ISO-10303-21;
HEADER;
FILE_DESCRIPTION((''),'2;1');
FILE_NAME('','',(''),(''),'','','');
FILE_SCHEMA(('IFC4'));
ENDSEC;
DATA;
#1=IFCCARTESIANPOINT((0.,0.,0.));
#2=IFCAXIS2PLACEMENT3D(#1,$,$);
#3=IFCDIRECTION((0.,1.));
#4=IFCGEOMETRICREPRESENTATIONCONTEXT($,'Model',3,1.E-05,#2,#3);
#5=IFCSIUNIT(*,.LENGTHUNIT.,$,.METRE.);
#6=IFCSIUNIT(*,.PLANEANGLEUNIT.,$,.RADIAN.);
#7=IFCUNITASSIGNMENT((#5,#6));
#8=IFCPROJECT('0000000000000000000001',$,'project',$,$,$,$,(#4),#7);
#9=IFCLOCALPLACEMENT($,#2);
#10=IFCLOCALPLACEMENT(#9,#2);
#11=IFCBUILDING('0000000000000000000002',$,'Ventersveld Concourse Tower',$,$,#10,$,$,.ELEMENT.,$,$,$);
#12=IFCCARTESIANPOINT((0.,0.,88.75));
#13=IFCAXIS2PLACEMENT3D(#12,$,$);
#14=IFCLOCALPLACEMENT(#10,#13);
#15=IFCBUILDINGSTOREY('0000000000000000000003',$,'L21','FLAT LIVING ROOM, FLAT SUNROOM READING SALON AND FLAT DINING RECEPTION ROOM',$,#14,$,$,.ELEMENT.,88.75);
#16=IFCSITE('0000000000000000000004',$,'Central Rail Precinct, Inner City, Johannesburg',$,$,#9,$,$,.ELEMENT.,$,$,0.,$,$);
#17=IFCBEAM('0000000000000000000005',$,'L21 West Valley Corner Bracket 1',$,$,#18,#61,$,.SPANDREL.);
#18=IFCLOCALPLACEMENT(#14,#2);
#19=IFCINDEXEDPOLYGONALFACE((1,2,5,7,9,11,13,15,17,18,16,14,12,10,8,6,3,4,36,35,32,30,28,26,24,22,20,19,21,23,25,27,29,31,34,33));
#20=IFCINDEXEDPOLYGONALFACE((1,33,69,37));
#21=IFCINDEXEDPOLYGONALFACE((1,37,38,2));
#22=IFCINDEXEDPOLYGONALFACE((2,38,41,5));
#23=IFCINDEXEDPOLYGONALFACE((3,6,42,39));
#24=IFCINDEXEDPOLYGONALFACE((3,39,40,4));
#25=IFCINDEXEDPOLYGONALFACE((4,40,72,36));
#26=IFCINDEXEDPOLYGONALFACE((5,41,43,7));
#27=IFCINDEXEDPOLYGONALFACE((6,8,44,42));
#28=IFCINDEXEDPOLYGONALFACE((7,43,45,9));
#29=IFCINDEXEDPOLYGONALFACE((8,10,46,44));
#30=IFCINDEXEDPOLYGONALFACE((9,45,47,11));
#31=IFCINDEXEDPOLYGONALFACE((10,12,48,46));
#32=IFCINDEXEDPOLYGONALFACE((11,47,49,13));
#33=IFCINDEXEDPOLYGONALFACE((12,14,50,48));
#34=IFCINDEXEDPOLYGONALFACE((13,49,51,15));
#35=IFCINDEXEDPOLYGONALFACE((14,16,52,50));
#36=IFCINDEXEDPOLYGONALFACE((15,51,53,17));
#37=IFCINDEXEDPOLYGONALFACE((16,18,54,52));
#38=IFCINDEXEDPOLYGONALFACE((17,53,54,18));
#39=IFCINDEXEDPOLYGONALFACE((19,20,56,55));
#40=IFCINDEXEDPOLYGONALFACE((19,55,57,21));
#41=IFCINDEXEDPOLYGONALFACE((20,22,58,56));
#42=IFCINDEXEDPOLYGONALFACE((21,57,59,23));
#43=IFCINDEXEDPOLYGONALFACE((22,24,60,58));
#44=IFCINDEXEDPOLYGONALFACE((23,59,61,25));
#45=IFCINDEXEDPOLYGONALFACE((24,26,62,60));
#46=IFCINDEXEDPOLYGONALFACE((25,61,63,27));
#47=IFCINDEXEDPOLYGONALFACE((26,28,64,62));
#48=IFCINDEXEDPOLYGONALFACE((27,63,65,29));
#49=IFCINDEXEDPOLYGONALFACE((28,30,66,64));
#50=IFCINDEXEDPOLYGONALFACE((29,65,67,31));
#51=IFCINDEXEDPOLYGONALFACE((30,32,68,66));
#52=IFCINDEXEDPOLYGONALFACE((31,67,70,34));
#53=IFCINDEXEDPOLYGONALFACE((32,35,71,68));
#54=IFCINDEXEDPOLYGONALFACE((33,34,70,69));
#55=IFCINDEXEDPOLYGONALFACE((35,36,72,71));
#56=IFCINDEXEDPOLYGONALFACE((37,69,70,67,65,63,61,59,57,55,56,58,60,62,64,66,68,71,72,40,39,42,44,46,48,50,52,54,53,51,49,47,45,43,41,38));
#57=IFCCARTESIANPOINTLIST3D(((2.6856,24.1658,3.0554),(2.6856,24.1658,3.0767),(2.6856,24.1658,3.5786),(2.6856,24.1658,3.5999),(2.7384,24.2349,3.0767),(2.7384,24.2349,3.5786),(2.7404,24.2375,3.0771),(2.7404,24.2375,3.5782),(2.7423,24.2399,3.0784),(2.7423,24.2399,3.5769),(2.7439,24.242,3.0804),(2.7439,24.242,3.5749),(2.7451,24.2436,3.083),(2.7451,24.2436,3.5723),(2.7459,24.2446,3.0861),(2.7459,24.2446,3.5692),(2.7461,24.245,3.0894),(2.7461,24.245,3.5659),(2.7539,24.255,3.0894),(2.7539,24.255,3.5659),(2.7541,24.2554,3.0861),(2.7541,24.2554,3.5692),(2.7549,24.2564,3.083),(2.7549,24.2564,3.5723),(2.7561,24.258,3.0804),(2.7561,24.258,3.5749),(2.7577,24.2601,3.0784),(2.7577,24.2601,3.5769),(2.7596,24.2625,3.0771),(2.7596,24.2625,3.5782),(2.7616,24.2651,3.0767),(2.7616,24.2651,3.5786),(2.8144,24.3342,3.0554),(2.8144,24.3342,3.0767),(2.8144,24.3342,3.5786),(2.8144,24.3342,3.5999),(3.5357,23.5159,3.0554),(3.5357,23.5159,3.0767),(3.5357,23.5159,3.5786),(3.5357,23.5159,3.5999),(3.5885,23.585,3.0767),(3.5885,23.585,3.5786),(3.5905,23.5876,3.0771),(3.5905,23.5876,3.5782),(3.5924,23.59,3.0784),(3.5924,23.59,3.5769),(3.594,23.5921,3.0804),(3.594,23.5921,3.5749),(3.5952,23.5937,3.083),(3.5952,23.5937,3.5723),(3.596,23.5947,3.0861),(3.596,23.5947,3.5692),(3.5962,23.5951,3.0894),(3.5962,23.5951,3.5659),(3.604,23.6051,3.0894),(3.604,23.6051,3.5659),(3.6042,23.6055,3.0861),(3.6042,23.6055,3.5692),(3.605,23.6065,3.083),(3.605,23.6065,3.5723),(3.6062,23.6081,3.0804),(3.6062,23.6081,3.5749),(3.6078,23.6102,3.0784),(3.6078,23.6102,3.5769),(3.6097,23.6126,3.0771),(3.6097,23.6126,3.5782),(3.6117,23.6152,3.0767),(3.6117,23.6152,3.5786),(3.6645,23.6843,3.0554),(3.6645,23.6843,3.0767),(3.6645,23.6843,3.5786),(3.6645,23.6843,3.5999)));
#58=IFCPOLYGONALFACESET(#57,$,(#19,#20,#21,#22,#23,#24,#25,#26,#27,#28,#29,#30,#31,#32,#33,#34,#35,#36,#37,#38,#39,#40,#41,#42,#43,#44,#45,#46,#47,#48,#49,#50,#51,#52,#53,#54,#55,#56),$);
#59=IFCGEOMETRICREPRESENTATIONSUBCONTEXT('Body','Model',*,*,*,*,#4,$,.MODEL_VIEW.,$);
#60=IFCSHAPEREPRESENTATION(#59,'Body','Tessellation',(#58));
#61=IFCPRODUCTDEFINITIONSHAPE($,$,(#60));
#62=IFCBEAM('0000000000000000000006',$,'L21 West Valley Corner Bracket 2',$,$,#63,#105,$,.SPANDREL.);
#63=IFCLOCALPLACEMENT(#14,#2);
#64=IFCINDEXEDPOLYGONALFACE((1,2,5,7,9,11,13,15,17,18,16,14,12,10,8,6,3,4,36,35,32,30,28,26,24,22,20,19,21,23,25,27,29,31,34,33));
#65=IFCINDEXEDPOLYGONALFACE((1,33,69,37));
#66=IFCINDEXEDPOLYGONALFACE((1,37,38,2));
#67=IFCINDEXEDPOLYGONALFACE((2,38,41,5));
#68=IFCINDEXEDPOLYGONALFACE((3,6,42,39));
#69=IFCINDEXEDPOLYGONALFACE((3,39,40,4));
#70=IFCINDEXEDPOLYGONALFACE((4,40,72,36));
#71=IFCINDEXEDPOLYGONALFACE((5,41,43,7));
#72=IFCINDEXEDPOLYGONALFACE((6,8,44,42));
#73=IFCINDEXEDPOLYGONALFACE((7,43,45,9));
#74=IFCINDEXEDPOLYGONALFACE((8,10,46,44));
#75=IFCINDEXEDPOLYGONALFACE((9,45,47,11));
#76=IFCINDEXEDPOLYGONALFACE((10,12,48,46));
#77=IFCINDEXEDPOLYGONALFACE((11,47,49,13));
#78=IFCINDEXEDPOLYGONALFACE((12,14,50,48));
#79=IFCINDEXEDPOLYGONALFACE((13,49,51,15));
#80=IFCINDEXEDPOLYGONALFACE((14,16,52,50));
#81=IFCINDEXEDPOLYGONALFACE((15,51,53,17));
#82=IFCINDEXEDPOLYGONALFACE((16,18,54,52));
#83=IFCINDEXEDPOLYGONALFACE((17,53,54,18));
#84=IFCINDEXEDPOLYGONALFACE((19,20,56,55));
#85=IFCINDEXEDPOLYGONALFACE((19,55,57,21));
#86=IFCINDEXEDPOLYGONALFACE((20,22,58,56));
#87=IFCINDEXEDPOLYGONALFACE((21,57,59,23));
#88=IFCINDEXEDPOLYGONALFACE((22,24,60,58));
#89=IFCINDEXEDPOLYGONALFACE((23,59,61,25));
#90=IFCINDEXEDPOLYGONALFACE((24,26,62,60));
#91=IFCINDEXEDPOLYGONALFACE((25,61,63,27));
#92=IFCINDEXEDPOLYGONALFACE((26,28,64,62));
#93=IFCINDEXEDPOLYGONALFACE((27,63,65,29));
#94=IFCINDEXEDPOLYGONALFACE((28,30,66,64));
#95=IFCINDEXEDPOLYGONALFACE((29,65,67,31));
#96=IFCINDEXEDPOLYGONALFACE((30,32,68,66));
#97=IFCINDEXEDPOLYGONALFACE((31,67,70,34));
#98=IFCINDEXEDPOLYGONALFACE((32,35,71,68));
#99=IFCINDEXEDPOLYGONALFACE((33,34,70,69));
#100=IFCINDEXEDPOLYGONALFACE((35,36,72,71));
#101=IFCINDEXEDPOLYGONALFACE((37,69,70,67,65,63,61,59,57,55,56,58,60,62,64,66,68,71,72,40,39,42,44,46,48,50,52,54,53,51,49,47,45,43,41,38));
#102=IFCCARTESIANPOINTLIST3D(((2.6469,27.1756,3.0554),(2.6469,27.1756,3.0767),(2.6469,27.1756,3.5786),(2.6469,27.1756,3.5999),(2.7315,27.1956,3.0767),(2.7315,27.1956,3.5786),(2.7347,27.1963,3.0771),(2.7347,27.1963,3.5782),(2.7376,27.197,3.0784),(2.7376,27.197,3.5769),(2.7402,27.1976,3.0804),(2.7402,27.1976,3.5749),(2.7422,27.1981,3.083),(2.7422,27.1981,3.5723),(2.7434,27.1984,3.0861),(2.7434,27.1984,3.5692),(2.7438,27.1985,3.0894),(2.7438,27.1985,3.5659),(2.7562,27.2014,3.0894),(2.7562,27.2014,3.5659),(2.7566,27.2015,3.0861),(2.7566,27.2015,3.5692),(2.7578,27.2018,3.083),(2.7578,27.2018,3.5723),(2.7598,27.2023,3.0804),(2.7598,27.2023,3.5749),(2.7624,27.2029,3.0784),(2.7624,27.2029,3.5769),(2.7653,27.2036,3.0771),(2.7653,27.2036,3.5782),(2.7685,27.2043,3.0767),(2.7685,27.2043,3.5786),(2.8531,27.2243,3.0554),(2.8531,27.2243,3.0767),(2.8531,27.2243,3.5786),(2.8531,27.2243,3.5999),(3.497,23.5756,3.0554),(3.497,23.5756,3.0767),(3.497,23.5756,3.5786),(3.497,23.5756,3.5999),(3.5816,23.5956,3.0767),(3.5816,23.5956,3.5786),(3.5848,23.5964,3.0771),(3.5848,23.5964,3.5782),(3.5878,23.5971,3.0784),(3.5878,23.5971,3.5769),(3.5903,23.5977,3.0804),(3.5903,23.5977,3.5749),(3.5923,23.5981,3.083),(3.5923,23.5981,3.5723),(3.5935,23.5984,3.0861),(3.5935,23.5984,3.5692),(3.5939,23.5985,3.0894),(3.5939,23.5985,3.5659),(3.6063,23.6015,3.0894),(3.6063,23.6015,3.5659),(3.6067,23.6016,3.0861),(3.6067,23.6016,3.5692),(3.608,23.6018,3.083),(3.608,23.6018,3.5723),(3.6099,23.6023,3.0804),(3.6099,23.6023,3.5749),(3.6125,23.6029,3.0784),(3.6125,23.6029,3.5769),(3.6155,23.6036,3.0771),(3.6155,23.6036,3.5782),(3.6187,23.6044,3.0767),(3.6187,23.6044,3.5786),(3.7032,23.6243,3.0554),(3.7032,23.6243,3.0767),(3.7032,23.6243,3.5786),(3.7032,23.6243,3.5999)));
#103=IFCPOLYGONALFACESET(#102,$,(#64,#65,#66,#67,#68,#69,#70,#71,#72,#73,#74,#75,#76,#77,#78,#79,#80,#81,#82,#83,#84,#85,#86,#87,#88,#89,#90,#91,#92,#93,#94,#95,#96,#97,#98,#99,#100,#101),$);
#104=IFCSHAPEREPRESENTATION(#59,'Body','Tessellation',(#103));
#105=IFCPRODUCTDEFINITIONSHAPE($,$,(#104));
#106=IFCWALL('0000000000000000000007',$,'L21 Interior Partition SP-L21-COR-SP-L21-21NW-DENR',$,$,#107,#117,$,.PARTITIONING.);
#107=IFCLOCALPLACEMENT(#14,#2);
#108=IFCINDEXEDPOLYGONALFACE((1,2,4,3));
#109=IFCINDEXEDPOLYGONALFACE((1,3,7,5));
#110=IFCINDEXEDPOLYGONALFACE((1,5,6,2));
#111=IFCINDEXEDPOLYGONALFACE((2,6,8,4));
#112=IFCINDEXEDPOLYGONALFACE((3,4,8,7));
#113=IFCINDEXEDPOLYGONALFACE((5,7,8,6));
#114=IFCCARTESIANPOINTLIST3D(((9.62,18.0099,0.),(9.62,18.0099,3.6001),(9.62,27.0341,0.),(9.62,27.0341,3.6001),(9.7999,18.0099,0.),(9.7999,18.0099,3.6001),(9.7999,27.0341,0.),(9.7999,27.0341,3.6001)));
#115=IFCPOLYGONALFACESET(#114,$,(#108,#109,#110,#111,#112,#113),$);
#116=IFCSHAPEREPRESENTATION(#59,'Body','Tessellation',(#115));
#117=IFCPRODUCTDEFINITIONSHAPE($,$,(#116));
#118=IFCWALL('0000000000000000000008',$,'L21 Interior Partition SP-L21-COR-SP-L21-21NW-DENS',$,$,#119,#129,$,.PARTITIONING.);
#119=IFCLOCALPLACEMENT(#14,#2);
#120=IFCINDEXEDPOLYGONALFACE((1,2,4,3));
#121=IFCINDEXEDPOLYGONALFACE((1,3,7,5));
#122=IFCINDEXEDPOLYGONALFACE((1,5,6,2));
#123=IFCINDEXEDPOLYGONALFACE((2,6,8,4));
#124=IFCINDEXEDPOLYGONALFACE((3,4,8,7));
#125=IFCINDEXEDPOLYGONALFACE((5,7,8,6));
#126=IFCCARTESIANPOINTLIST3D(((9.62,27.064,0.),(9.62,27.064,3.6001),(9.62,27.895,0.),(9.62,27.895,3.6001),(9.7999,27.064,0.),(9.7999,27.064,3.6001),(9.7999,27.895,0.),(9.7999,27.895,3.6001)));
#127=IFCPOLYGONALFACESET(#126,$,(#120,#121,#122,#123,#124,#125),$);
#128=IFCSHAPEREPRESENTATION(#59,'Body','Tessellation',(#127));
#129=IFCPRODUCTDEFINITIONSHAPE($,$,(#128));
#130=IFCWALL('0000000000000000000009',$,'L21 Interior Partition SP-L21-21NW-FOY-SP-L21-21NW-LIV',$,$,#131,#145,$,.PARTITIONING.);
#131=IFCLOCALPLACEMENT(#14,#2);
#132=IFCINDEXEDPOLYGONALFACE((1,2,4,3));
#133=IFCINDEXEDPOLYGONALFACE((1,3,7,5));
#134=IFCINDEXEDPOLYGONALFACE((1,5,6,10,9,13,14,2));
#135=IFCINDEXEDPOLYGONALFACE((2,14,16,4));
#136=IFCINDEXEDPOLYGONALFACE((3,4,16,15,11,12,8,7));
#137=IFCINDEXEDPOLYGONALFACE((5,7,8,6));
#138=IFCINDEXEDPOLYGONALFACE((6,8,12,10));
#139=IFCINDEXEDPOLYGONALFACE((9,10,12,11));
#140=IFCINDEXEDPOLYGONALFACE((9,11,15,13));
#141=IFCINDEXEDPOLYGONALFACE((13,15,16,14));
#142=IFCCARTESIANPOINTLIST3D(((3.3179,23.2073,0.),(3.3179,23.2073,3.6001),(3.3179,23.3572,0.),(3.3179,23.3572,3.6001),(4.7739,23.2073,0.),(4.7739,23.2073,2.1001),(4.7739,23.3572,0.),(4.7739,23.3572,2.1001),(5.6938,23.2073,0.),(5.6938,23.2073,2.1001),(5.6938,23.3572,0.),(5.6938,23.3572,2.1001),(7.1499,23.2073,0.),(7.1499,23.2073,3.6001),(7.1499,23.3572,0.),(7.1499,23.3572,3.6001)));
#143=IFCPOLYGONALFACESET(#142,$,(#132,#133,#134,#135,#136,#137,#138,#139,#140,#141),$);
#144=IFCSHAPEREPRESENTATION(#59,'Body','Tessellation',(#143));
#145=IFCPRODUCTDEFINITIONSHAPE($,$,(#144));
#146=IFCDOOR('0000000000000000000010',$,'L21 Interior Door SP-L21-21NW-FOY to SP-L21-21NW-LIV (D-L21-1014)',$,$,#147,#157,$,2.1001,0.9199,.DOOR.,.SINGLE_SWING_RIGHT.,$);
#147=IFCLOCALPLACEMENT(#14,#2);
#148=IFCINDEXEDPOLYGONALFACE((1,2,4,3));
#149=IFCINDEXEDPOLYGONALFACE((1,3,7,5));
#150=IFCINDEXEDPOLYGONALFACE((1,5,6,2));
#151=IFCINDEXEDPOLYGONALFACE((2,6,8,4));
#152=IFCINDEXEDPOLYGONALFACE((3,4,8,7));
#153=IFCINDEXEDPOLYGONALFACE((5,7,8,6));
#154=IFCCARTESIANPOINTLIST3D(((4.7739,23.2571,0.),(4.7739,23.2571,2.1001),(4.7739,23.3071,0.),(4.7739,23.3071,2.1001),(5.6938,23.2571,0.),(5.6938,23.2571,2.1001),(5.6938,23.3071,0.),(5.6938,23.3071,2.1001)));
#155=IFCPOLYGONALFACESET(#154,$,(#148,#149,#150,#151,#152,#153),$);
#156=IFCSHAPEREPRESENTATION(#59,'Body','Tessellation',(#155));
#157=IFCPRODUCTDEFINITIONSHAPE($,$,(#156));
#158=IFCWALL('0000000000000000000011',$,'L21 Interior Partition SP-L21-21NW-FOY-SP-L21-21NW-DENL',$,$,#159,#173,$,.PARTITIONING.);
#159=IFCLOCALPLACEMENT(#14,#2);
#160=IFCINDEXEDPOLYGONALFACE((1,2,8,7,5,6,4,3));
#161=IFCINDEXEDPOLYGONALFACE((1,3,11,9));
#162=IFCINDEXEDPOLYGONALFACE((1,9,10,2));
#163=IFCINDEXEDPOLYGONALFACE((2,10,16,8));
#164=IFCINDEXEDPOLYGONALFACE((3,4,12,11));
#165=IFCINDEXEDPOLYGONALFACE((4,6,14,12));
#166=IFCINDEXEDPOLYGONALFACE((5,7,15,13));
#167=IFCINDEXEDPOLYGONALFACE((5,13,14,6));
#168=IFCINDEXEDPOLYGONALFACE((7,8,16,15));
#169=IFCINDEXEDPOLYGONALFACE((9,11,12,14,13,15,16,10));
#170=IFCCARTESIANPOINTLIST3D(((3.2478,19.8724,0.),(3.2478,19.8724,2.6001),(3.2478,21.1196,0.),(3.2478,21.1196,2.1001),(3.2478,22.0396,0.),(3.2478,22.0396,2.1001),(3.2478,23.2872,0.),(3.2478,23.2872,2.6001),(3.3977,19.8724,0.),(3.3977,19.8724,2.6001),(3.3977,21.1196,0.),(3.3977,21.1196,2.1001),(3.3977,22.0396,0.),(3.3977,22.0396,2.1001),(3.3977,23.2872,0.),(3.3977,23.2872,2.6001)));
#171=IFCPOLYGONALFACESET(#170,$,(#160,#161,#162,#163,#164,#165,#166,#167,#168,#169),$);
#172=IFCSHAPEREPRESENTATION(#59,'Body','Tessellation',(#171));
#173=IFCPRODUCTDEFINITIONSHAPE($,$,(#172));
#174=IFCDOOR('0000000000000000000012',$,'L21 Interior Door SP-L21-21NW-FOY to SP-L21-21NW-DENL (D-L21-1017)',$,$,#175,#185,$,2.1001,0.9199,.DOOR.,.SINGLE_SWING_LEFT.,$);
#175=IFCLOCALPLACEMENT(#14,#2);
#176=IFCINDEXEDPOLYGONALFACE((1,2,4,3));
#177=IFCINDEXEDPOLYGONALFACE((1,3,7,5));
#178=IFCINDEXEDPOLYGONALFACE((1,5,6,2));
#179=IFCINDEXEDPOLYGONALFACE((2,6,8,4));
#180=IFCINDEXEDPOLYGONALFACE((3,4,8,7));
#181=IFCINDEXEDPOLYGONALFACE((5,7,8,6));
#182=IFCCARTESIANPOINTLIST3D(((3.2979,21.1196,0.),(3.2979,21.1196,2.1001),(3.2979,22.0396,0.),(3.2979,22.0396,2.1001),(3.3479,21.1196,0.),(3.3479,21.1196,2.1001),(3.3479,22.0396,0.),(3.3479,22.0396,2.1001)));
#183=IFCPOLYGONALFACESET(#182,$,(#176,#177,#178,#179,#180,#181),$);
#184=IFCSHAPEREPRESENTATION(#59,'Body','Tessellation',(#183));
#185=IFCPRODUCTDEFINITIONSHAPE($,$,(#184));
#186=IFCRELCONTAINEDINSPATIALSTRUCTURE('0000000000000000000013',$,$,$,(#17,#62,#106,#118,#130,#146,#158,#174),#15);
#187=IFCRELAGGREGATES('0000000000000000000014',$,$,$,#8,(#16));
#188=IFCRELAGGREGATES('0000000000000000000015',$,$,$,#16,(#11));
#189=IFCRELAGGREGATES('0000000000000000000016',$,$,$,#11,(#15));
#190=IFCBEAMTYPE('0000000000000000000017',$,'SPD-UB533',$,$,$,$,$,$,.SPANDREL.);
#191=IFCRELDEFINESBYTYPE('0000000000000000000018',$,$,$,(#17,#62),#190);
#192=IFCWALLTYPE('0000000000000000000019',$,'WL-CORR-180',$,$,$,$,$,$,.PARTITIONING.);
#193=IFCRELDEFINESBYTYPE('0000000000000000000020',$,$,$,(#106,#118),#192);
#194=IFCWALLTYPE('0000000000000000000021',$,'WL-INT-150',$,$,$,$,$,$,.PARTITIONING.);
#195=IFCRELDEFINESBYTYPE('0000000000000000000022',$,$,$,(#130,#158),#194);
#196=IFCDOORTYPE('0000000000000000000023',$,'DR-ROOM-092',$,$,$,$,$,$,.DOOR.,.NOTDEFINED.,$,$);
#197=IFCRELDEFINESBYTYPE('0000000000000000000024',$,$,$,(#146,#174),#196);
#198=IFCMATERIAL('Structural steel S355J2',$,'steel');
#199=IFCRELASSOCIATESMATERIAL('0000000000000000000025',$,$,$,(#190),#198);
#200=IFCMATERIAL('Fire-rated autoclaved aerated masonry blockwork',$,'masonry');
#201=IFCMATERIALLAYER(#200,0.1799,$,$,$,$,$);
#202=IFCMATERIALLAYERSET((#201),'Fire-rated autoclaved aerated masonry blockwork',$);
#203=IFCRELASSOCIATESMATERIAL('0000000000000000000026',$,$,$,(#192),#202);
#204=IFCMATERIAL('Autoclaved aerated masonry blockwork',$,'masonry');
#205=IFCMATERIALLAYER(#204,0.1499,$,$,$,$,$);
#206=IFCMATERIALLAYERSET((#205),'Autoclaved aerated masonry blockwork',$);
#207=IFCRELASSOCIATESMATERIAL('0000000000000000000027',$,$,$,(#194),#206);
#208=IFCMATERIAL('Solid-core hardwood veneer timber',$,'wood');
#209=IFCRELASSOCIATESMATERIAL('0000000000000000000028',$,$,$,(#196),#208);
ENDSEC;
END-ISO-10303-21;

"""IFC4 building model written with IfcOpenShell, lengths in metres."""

from ifc_helpers import new_model, si_unit, direction, frame, frame_2d, origin, origin_2d, place, context, subcontext, project, spatial, rectangle, i_section, extrude, material, layer, layer_set, material_profile, profile_set, type_object, element, fill, save


model = new_model("IFC4")

# Units and contexts
model_context = context("Model", 3, precision=1e-05, world=origin(), true_north=direction((0.0, 1.0)))
body_context = subcontext(model_context, "Body", "Model", "MODEL_VIEW")
ifc_project = project(units=[si_unit("LENGTHUNIT", "METRE"), si_unit("PLANEANGLEUNIT", "RADIAN")], contexts=[model_context])

# Site, building, storey
site_placement = place(None, origin())
site = spatial("IfcSite", under=ifc_project, at=site_placement, Name="Central Rail Precinct, Inner City, Johannesburg", CompositionType="ELEMENT", RefElevation=0.0)
building_placement = place(site_placement, origin())
building = spatial("IfcBuilding", under=site, at=building_placement, Name="Ventersveld Concourse Tower", CompositionType="ELEMENT")
storey_placement = place(building_placement, frame((0.0, 0.0, 88.75)))
storey = spatial("IfcBuildingStorey", under=building, at=storey_placement, Name="L21", Description="FLAT LIVING ROOM, FLAT SUNROOM READING SALON AND FLAT DINING RECEPTION ROOM", CompositionType="ELEMENT", Elevation=88.75)

# Beams
ifc_material_1 = material(Name="Structural steel S355J2", Category="steel")
ifc_material_profile_1 = material_profile(ifc_material_1, i_section(OverallWidth=0.2119, OverallDepth=0.5444, WebThickness=0.0127, FlangeThickness=0.0212, FilletRadius=0.0127, at=origin_2d()), Name="UB 533x210x122")
ifc_profile_set_1 = profile_set([ifc_material_profile_1], Name="Structural steel S355J2")
beam_type_1 = type_object("IfcBeamType", Name="SPD-UB533", PredefinedType="SPANDREL", material=ifc_profile_set_1)
beam_1_placement = place(storey_placement, frame((2.75, 24.25, 3.3276), z_axis=(0.794436, -0.607348, 0.0), x_axis=(0.607348, 0.794436, 0.0)))
element("IfcBeam", 1, at=beam_1_placement, inside=storey, type_object=beam_type_1, Name="L21 West Valley Corner Bracket 1", PredefinedType="SPANDREL", context=body_context, shape_type="SweptSolid", body=[
    extrude(i_section(OverallWidth=0.2119, OverallDepth=0.5444, WebThickness=0.0127, FlangeThickness=0.0212, FilletRadius=0.0127, at=origin_2d()), origin(), (0.0, 0.0, 1.0), 1.0701),
])
beam_2_placement = place(storey_placement, frame((2.75, 27.2, 3.3276), z_axis=(0.229827, -0.973232, 0.0), x_axis=(0.973232, 0.229827, 0.0)))
element("IfcBeam", 2, at=beam_2_placement, inside=storey, type_object=beam_type_1, Name="L21 West Valley Corner Bracket 2", PredefinedType="SPANDREL", context=body_context, shape_type="SweptSolid", body=[
    extrude(i_section(OverallWidth=0.2119, OverallDepth=0.5444, WebThickness=0.0127, FlangeThickness=0.0212, FilletRadius=0.0127, at=origin_2d()), origin(), (0.0, 0.0, 1.0), 3.699),
])

# Walls
ifc_material_2 = material(Name="Fire-rated autoclaved aerated masonry blockwork", Category="masonry")
ifc_layer_1 = layer(ifc_material_2, 0.1799)
ifc_layer_set_1 = layer_set([ifc_layer_1], Name="Fire-rated autoclaved aerated masonry blockwork")
wall_type_1 = type_object("IfcWallType", Name="WL-CORR-180", PredefinedType="PARTITIONING", material=ifc_layer_set_1)
wall_1_placement = place(storey_placement, frame((9.71, 18.0098, 0.0), z_axis=(0.0, 0.0, 1.0), x_axis=(0.0, 1.0, 0.0)))
element("IfcWall", 3, at=wall_1_placement, inside=storey, type_object=wall_type_1, Name="L21 Interior Partition SP-L21-COR-SP-L21-21NW-DENR", PredefinedType="PARTITIONING", context=body_context, shape_type="SweptSolid", body=[
    extrude(rectangle(XDim=9.0242, YDim=0.1799, at=frame_2d((4.5122, 0.0))), origin(), (0.0, 0.0, 1.0), 3.6001),
])
wall_2_placement = place(storey_placement, frame((9.71, 27.064, 0.0), z_axis=(0.0, 0.0, 1.0), x_axis=(0.0, 1.0, 0.0)))
element("IfcWall", 4, at=wall_2_placement, inside=storey, type_object=wall_type_1, Name="L21 Interior Partition SP-L21-COR-SP-L21-21NW-DENS", PredefinedType="PARTITIONING", context=body_context, shape_type="SweptSolid", body=[
    extrude(rectangle(XDim=0.8311, YDim=0.1799, at=frame_2d((0.4155, 0.0))), origin(), (0.0, 0.0, 1.0), 3.6001),
])

# Walls, openings, doors
ifc_material_3 = material(Name="Autoclaved aerated masonry blockwork", Category="masonry")
ifc_layer_2 = layer(ifc_material_3, 0.1499)
ifc_layer_set_2 = layer_set([ifc_layer_2], Name="Autoclaved aerated masonry blockwork")
wall_type_2 = type_object("IfcWallType", Name="WL-INT-150", PredefinedType="PARTITIONING", material=ifc_layer_set_2)
wall_3_placement = place(storey_placement, frame((3.3179, 23.2822, 0.0), z_axis=(0.0, 0.0, 1.0), x_axis=(1.0, 0.0, 0.0)))
wall_3 = element("IfcWall", 5, at=wall_3_placement, inside=storey, type_object=wall_type_2, Name="L21 Interior Partition SP-L21-21NW-FOY-SP-L21-21NW-LIV", PredefinedType="PARTITIONING", context=body_context, shape_type="SweptSolid", body=[
    extrude(rectangle(XDim=3.832, YDim=0.1499, at=frame_2d((1.916, 0.0))), origin(), (0.0, 0.0, 1.0), 3.6001),
])
opening_1_placement = place(wall_3_placement, frame((1.4561, 0.0, 0.0)))
opening_1 = element("IfcOpeningElement", 6, at=opening_1_placement, cuts=wall_3, PredefinedType="OPENING", context=body_context, shape_type="SweptSolid", body=[
    extrude(rectangle(XDim=0.9199, YDim=2.1001, at=frame_2d((0.46, 1.05))), frame((0.0, 0.085, 0.0), z_axis=(0.0, -1.0, 0.0), x_axis=(1.0, 0.0, 0.0)), (0.0, 0.0, 1.0), 0.1699),
])
ifc_material_4 = material(Name="Solid-core hardwood veneer timber", Category="wood")
door_type_1 = type_object("IfcDoorType", Name="DR-ROOM-092", OperationType="NOTDEFINED", PredefinedType="DOOR", material=ifc_material_4)
door_1_placement = place(opening_1_placement, origin())
door_1 = element("IfcDoor", 7, at=door_1_placement, inside=storey, type_object=door_type_1, Name="L21 Interior Door SP-L21-21NW-FOY to SP-L21-21NW-LIV (D-L21-1014)", OperationType="SINGLE_SWING_RIGHT", OverallHeight=2.1001, OverallWidth=0.9199, PredefinedType="DOOR", context=body_context, shape_type="SweptSolid", body=[
    extrude(rectangle(XDim=0.9199, YDim=2.1001, at=frame_2d((0.46, 1.05))), frame((0.0, 0.0249, 0.0), z_axis=(0.0, -1.0, 0.0), x_axis=(1.0, 0.0, 0.0)), (0.0, 0.0, 1.0), 0.05),
])
fill(opening_1, door_1)
wall_4_placement = place(storey_placement, frame((3.3228, 19.8723, 0.0), z_axis=(0.0, 0.0, 1.0), x_axis=(0.0, 1.0, 0.0)))
wall_4 = element("IfcWall", 8, at=wall_4_placement, inside=storey, type_object=wall_type_2, Name="L21 Interior Partition SP-L21-21NW-FOY-SP-L21-21NW-DENL", PredefinedType="PARTITIONING", context=body_context, shape_type="SweptSolid", body=[
    extrude(rectangle(XDim=3.4148, YDim=0.1499, at=frame_2d((1.7075, 0.0))), origin(), (0.0, 0.0, 1.0), 2.6001),
])
opening_2_placement = place(wall_4_placement, frame((1.2473, 0.0, 0.0)))
opening_2 = element("IfcOpeningElement", 9, at=opening_2_placement, cuts=wall_4, PredefinedType="OPENING", context=body_context, shape_type="SweptSolid", body=[
    extrude(rectangle(XDim=0.9199, YDim=2.1001, at=frame_2d((0.46, 1.05))), frame((0.0, 0.085, 0.0), z_axis=(0.0, -1.0, 0.0), x_axis=(1.0, 0.0, 0.0)), (0.0, 0.0, 1.0), 0.1699),
])
door_2_placement = place(opening_2_placement, origin())
door_2 = element("IfcDoor", 10, at=door_2_placement, inside=storey, type_object=door_type_1, Name="L21 Interior Door SP-L21-21NW-FOY to SP-L21-21NW-DENL (D-L21-1017)", OperationType="SINGLE_SWING_LEFT", OverallHeight=2.1001, OverallWidth=0.9199, PredefinedType="DOOR", context=body_context, shape_type="SweptSolid", body=[
    extrude(rectangle(XDim=0.9199, YDim=2.1001, at=frame_2d((0.46, 1.05))), frame((0.0, 0.0249, 0.0), z_axis=(0.0, -1.0, 0.0), x_axis=(1.0, 0.0, 0.0)), (0.0, 0.0, 1.0), 0.05),
])
fill(opening_2, door_2)

save(model, "model.ifc")
